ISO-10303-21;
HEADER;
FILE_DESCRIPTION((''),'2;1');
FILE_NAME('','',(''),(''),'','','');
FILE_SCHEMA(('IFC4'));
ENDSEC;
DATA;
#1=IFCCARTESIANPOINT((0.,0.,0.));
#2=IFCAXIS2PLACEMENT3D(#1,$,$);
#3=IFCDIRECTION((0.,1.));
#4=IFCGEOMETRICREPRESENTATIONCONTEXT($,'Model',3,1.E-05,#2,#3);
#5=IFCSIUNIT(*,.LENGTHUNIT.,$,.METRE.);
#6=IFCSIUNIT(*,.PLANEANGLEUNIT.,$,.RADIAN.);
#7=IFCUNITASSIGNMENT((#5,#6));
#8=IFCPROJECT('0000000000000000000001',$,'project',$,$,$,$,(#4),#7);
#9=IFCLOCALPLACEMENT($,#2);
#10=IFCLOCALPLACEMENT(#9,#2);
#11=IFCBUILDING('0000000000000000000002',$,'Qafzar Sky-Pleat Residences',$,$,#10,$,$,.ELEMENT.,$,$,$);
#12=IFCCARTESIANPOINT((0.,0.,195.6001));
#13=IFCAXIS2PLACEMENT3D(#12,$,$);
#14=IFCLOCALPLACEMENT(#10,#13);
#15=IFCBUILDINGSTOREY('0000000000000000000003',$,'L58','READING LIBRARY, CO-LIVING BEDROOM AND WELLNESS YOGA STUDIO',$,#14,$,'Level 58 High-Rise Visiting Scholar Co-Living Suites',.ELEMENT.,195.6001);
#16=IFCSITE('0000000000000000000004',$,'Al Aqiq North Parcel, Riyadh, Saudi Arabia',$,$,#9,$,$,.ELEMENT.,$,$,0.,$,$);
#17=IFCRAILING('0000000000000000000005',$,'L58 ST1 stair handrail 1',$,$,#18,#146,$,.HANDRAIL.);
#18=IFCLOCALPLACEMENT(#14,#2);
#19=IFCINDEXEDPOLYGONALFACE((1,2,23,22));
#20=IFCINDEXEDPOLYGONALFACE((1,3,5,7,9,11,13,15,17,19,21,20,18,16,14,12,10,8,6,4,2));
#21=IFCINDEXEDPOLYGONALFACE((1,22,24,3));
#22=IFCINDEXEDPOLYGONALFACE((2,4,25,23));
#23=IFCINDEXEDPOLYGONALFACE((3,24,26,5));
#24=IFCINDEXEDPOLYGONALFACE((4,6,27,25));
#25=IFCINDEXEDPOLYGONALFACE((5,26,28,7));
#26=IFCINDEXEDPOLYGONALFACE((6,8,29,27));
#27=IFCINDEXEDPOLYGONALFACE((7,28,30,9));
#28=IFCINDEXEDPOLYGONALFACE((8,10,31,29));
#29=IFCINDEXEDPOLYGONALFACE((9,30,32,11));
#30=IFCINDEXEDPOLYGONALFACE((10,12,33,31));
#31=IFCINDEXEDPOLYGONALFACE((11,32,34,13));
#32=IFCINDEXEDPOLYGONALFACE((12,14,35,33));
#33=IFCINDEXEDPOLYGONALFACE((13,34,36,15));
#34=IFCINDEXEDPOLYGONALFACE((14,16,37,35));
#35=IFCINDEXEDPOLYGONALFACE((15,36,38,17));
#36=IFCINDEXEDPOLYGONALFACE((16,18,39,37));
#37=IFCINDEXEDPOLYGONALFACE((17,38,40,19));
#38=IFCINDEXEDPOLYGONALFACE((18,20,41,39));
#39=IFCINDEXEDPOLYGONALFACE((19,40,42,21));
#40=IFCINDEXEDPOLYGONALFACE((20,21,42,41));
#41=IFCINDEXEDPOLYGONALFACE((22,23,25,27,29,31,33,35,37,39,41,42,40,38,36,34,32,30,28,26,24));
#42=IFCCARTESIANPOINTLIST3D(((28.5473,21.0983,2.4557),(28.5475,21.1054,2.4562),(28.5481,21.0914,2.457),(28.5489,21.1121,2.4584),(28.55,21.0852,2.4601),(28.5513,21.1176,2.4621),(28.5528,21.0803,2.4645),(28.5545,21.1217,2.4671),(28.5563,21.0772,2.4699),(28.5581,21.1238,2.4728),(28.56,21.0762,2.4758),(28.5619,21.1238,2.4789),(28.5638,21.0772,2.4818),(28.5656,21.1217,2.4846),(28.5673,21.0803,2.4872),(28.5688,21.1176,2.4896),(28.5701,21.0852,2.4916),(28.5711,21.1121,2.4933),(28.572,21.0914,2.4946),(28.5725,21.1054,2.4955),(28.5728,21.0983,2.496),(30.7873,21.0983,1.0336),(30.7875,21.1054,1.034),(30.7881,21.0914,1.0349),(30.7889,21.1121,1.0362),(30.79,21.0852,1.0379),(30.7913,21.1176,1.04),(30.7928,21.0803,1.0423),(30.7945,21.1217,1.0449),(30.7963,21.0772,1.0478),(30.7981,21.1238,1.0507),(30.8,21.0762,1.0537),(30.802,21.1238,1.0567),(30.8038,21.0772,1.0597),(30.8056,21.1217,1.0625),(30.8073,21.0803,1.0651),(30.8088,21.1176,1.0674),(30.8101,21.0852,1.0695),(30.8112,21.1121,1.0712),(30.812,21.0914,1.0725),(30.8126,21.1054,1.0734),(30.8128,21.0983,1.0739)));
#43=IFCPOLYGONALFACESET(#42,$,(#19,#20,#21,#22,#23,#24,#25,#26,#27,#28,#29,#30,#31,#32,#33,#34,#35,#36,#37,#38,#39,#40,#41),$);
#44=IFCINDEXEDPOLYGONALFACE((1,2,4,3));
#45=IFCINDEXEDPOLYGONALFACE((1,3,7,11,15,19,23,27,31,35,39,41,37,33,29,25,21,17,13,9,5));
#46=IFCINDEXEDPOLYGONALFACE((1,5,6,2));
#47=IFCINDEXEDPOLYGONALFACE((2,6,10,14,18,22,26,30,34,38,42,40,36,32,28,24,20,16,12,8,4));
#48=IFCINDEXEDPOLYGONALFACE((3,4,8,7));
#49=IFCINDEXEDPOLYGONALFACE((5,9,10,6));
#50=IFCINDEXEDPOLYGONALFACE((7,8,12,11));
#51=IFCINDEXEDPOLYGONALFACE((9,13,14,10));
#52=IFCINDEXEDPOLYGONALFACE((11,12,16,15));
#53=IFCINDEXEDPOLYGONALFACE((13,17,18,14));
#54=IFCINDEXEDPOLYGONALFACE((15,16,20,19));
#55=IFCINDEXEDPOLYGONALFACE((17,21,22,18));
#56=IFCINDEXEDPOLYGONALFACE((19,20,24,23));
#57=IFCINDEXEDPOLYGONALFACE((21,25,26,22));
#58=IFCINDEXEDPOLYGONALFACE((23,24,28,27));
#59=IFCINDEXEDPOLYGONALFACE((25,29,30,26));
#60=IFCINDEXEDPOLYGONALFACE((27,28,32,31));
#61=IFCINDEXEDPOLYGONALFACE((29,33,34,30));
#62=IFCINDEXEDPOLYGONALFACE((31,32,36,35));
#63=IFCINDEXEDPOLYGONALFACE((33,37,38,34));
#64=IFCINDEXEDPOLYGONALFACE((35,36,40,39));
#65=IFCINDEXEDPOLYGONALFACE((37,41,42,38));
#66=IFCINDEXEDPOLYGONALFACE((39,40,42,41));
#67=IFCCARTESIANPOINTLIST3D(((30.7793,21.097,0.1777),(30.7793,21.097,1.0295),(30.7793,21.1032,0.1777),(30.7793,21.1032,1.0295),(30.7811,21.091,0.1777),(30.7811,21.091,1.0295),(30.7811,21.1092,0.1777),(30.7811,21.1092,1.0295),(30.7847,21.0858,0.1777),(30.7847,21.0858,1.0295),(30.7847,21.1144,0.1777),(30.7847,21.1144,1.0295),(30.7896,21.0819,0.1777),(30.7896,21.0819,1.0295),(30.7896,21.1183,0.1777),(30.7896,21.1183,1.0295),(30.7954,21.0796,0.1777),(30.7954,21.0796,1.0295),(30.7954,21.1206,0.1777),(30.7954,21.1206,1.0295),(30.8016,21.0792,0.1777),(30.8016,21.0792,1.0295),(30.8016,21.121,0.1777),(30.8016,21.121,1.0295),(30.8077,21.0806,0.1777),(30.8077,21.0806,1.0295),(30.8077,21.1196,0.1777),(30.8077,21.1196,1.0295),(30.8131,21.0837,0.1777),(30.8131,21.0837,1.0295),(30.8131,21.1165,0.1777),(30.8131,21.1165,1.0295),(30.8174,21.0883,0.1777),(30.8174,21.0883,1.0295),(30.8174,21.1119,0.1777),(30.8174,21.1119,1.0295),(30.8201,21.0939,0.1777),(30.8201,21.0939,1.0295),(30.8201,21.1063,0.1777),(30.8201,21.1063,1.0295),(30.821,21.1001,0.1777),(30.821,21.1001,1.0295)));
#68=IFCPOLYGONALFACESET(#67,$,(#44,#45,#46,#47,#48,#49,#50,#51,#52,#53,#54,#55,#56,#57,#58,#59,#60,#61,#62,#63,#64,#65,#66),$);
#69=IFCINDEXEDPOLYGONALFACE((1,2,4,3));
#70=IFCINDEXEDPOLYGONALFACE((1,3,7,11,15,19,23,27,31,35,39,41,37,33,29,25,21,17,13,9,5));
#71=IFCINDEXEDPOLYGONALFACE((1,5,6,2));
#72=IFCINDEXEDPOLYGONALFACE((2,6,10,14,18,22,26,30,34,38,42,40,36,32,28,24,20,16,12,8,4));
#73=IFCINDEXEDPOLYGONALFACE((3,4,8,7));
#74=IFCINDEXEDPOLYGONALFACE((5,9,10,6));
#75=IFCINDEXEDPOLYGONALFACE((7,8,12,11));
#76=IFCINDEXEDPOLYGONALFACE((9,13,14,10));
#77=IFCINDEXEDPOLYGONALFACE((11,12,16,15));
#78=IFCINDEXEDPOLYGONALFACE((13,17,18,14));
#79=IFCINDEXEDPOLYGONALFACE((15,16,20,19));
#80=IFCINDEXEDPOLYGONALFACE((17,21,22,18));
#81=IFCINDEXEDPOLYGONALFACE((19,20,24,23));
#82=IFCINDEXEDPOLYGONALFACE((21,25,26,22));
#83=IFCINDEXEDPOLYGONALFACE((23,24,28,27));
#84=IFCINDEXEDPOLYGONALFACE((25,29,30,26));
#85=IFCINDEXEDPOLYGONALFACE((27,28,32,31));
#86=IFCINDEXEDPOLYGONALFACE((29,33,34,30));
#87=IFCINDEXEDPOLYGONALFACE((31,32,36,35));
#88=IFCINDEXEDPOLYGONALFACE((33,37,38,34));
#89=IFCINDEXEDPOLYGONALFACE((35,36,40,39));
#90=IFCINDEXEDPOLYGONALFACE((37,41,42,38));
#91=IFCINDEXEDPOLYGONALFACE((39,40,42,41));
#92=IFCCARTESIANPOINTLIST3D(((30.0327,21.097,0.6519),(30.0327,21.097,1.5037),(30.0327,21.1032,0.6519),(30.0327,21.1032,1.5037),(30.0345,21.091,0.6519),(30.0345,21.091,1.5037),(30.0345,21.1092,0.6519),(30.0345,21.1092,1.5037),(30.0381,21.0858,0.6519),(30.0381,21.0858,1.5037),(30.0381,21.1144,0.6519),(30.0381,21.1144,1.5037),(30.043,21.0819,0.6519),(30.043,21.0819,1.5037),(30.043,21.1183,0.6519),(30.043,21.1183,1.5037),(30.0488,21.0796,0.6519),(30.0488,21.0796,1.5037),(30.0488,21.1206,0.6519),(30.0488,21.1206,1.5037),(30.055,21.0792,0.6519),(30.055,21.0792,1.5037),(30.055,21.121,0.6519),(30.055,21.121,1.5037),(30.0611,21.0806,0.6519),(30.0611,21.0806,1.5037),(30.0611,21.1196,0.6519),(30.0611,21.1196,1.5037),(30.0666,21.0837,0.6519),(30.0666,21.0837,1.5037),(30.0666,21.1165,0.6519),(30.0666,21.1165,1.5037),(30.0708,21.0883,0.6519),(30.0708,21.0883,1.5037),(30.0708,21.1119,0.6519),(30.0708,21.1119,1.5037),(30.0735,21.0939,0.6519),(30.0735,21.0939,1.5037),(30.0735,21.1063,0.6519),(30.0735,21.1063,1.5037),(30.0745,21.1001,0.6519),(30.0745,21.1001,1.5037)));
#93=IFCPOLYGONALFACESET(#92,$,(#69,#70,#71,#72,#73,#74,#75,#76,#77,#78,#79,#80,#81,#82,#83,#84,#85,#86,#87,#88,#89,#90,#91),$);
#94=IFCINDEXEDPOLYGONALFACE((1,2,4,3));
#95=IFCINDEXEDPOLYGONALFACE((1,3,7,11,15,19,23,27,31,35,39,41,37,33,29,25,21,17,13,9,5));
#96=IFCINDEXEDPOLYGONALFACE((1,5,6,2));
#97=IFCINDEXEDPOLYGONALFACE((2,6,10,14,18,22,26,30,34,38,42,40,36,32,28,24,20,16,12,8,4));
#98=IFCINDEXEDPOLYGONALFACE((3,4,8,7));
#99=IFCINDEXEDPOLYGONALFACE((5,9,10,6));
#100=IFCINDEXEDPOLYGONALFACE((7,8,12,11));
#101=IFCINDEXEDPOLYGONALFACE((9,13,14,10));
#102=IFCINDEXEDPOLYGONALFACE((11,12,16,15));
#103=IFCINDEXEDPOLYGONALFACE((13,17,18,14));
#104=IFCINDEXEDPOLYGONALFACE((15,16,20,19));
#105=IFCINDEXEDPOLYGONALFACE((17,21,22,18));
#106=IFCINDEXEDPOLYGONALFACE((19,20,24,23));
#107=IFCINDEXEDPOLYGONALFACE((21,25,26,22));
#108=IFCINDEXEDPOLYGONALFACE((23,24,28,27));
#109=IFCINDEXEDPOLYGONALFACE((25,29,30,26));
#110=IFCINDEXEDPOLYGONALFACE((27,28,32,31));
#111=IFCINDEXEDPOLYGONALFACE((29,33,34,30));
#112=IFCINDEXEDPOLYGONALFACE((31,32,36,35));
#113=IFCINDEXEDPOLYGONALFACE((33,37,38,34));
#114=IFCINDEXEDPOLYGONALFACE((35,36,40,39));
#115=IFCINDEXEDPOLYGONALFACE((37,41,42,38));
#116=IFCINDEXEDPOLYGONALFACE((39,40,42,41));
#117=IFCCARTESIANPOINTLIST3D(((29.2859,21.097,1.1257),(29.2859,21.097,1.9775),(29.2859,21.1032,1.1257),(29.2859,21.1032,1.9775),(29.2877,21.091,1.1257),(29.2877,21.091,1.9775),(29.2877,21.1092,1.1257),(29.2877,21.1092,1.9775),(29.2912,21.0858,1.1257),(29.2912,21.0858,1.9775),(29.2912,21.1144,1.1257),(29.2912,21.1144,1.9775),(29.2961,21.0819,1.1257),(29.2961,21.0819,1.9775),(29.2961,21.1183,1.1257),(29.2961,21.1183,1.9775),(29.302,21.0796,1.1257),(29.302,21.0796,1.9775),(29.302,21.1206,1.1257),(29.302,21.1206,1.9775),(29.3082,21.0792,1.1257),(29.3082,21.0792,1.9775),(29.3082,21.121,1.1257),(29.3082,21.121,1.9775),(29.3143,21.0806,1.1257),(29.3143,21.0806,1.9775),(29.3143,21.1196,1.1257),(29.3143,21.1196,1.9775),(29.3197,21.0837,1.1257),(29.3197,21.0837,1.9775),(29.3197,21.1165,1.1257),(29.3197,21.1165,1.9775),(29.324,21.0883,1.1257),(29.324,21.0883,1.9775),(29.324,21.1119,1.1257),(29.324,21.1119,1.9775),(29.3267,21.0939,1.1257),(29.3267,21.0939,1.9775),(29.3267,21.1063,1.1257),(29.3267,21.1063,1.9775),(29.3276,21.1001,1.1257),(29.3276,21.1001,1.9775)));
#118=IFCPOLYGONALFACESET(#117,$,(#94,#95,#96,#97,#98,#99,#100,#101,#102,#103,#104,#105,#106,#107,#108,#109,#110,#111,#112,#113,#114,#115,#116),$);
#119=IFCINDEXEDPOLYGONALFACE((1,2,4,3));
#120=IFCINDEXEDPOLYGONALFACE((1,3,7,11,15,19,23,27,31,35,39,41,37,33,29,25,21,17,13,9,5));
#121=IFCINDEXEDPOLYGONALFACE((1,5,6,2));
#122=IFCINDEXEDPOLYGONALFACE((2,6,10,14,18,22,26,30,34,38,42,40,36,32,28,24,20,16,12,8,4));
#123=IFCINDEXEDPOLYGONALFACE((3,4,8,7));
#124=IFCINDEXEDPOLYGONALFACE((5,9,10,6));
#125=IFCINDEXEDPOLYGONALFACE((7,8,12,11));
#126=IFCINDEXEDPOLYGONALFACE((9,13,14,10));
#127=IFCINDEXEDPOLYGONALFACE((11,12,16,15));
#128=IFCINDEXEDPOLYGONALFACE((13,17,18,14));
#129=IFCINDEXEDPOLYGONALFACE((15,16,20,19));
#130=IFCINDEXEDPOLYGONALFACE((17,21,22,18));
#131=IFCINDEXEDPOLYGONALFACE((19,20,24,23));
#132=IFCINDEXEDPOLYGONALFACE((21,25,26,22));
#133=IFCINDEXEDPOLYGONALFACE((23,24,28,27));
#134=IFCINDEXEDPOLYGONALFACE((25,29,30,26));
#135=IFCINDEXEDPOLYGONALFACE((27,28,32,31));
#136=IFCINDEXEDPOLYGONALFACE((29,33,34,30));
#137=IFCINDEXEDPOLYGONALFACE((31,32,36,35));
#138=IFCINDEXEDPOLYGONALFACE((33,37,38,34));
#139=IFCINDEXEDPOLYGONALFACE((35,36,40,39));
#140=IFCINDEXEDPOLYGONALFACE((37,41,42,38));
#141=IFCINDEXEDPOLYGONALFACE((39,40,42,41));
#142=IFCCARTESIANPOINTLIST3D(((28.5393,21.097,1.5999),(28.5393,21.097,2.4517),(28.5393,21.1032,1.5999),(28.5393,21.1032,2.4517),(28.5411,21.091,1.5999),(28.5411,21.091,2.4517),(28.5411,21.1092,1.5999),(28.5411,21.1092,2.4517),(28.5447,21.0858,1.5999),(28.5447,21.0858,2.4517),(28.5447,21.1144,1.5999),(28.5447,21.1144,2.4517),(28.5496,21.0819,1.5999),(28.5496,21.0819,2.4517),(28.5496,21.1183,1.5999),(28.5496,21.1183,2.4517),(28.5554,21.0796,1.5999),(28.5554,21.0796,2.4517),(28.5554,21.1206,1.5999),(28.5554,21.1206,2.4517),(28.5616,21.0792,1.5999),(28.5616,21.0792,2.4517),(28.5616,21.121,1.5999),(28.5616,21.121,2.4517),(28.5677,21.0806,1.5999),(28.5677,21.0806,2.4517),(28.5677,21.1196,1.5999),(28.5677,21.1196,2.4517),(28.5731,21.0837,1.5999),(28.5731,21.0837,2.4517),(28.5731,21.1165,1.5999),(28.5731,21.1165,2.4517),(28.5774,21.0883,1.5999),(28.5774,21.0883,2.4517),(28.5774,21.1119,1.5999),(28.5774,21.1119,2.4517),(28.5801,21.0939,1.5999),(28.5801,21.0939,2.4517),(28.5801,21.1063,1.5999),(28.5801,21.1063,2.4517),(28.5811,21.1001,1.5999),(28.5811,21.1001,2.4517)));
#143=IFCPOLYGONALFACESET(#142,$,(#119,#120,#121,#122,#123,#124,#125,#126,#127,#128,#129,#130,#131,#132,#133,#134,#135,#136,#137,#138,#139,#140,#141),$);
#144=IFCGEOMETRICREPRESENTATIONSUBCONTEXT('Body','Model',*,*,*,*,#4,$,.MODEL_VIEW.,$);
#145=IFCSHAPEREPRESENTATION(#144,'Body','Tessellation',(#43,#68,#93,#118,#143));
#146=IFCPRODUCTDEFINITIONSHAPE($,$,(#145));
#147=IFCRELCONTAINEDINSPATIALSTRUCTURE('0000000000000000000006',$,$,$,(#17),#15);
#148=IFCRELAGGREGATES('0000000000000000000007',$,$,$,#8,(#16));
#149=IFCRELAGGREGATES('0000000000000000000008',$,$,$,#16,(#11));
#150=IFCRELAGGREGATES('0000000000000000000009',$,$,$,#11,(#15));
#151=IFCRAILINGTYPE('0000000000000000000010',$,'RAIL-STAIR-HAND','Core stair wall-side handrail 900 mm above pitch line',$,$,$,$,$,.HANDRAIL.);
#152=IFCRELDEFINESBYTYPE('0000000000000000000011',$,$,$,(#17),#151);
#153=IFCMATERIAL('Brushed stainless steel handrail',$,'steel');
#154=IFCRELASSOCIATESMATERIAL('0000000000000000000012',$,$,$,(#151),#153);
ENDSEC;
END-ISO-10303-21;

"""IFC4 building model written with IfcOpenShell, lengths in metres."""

from ifc_helpers import new_model, si_unit, direction, frame, origin, origin_2d, place, context, subcontext, project, spatial, circle, extrude, source, transform, mapped, material, type_object, element, save


model = new_model("IFC4")

# Units and contexts
model_context = context("Model", 3, precision=1e-05, world=origin(), true_north=direction((0.0, 1.0)))
body_context = subcontext(model_context, "Body", "Model", "MODEL_VIEW")
ifc_project = project(units=[si_unit("LENGTHUNIT", "METRE"), si_unit("PLANEANGLEUNIT", "RADIAN")], contexts=[model_context])

# Site, building, storey
site_placement = place(None, origin())
site = spatial("IfcSite", under=ifc_project, at=site_placement, Name="Al Aqiq North Parcel, Riyadh, Saudi Arabia", CompositionType="ELEMENT", RefElevation=0.0)
building_placement = place(site_placement, origin())
building = spatial("IfcBuilding", under=site, at=building_placement, Name="Qafzar Sky-Pleat Residences", CompositionType="ELEMENT")
storey_placement = place(building_placement, frame((0.0, 0.0, 195.6001)))
storey = spatial("IfcBuildingStorey", under=building, at=storey_placement, Name="L58", Description="READING LIBRARY, CO-LIVING BEDROOM AND WELLNESS YOGA STUDIO", LongName="Level 58 High-Rise Visiting Scholar Co-Living Suites", CompositionType="ELEMENT", Elevation=195.6001)

# Railing
ifc_material_1 = material(Name="Brushed stainless steel handrail", Category="steel")
railing_type_1 = type_object("IfcRailingType", Name="RAIL-STAIR-HAND", Description="Core stair wall-side handrail 900 mm above pitch line", PredefinedType="HANDRAIL", material=ifc_material_1)
shared_shape_1 = source(origin(), body_context, "Body", "SweptSolid", [
    extrude(circle(Radius=0.0239, at=origin_2d()), frame((0.0, 0.0, 0.876), z_axis=(-0.844229, 0.0, 0.535982), x_axis=(0.0, -1.0, 0.0)), (0.0, 0.0, 1.0), 2.6533),
    extrude(circle(Radius=0.021, at=origin_2d()), origin(), (0.0, 0.0, 1.0), 0.8518),
    extrude(circle(Radius=0.021, at=origin_2d()), frame((-0.7466, 0.0, 0.4741)), (0.0, 0.0, 1.0), 0.8518),
    extrude(circle(Radius=0.021, at=origin_2d()), frame((-1.4934, 0.0, 0.948)), (0.0, 0.0, 1.0), 0.8518),
    extrude(circle(Radius=0.021, at=origin_2d()), frame((-2.24, 0.0, 1.4221)), (0.0, 0.0, 1.0), 0.8518),
])
railing_1_placement = place(storey_placement, frame((30.8, 21.1001, 0.1777)))
element("IfcRailing", 1, at=railing_1_placement, inside=storey, type_object=railing_type_1, Name="L58 ST1 stair handrail 1", PredefinedType="HANDRAIL", context=body_context, shape_type="MappedRepresentation", body=[
    mapped(shared_shape_1, transform((0.0, 0.0, 0.0), x_axis=(1.0, 0.0, 0.0), y_axis=(0.0, 1.0, 0.0), z_axis=(0.0, 0.0, 1.0), scale=1.0)),
])

save(model, "model.ifc")
